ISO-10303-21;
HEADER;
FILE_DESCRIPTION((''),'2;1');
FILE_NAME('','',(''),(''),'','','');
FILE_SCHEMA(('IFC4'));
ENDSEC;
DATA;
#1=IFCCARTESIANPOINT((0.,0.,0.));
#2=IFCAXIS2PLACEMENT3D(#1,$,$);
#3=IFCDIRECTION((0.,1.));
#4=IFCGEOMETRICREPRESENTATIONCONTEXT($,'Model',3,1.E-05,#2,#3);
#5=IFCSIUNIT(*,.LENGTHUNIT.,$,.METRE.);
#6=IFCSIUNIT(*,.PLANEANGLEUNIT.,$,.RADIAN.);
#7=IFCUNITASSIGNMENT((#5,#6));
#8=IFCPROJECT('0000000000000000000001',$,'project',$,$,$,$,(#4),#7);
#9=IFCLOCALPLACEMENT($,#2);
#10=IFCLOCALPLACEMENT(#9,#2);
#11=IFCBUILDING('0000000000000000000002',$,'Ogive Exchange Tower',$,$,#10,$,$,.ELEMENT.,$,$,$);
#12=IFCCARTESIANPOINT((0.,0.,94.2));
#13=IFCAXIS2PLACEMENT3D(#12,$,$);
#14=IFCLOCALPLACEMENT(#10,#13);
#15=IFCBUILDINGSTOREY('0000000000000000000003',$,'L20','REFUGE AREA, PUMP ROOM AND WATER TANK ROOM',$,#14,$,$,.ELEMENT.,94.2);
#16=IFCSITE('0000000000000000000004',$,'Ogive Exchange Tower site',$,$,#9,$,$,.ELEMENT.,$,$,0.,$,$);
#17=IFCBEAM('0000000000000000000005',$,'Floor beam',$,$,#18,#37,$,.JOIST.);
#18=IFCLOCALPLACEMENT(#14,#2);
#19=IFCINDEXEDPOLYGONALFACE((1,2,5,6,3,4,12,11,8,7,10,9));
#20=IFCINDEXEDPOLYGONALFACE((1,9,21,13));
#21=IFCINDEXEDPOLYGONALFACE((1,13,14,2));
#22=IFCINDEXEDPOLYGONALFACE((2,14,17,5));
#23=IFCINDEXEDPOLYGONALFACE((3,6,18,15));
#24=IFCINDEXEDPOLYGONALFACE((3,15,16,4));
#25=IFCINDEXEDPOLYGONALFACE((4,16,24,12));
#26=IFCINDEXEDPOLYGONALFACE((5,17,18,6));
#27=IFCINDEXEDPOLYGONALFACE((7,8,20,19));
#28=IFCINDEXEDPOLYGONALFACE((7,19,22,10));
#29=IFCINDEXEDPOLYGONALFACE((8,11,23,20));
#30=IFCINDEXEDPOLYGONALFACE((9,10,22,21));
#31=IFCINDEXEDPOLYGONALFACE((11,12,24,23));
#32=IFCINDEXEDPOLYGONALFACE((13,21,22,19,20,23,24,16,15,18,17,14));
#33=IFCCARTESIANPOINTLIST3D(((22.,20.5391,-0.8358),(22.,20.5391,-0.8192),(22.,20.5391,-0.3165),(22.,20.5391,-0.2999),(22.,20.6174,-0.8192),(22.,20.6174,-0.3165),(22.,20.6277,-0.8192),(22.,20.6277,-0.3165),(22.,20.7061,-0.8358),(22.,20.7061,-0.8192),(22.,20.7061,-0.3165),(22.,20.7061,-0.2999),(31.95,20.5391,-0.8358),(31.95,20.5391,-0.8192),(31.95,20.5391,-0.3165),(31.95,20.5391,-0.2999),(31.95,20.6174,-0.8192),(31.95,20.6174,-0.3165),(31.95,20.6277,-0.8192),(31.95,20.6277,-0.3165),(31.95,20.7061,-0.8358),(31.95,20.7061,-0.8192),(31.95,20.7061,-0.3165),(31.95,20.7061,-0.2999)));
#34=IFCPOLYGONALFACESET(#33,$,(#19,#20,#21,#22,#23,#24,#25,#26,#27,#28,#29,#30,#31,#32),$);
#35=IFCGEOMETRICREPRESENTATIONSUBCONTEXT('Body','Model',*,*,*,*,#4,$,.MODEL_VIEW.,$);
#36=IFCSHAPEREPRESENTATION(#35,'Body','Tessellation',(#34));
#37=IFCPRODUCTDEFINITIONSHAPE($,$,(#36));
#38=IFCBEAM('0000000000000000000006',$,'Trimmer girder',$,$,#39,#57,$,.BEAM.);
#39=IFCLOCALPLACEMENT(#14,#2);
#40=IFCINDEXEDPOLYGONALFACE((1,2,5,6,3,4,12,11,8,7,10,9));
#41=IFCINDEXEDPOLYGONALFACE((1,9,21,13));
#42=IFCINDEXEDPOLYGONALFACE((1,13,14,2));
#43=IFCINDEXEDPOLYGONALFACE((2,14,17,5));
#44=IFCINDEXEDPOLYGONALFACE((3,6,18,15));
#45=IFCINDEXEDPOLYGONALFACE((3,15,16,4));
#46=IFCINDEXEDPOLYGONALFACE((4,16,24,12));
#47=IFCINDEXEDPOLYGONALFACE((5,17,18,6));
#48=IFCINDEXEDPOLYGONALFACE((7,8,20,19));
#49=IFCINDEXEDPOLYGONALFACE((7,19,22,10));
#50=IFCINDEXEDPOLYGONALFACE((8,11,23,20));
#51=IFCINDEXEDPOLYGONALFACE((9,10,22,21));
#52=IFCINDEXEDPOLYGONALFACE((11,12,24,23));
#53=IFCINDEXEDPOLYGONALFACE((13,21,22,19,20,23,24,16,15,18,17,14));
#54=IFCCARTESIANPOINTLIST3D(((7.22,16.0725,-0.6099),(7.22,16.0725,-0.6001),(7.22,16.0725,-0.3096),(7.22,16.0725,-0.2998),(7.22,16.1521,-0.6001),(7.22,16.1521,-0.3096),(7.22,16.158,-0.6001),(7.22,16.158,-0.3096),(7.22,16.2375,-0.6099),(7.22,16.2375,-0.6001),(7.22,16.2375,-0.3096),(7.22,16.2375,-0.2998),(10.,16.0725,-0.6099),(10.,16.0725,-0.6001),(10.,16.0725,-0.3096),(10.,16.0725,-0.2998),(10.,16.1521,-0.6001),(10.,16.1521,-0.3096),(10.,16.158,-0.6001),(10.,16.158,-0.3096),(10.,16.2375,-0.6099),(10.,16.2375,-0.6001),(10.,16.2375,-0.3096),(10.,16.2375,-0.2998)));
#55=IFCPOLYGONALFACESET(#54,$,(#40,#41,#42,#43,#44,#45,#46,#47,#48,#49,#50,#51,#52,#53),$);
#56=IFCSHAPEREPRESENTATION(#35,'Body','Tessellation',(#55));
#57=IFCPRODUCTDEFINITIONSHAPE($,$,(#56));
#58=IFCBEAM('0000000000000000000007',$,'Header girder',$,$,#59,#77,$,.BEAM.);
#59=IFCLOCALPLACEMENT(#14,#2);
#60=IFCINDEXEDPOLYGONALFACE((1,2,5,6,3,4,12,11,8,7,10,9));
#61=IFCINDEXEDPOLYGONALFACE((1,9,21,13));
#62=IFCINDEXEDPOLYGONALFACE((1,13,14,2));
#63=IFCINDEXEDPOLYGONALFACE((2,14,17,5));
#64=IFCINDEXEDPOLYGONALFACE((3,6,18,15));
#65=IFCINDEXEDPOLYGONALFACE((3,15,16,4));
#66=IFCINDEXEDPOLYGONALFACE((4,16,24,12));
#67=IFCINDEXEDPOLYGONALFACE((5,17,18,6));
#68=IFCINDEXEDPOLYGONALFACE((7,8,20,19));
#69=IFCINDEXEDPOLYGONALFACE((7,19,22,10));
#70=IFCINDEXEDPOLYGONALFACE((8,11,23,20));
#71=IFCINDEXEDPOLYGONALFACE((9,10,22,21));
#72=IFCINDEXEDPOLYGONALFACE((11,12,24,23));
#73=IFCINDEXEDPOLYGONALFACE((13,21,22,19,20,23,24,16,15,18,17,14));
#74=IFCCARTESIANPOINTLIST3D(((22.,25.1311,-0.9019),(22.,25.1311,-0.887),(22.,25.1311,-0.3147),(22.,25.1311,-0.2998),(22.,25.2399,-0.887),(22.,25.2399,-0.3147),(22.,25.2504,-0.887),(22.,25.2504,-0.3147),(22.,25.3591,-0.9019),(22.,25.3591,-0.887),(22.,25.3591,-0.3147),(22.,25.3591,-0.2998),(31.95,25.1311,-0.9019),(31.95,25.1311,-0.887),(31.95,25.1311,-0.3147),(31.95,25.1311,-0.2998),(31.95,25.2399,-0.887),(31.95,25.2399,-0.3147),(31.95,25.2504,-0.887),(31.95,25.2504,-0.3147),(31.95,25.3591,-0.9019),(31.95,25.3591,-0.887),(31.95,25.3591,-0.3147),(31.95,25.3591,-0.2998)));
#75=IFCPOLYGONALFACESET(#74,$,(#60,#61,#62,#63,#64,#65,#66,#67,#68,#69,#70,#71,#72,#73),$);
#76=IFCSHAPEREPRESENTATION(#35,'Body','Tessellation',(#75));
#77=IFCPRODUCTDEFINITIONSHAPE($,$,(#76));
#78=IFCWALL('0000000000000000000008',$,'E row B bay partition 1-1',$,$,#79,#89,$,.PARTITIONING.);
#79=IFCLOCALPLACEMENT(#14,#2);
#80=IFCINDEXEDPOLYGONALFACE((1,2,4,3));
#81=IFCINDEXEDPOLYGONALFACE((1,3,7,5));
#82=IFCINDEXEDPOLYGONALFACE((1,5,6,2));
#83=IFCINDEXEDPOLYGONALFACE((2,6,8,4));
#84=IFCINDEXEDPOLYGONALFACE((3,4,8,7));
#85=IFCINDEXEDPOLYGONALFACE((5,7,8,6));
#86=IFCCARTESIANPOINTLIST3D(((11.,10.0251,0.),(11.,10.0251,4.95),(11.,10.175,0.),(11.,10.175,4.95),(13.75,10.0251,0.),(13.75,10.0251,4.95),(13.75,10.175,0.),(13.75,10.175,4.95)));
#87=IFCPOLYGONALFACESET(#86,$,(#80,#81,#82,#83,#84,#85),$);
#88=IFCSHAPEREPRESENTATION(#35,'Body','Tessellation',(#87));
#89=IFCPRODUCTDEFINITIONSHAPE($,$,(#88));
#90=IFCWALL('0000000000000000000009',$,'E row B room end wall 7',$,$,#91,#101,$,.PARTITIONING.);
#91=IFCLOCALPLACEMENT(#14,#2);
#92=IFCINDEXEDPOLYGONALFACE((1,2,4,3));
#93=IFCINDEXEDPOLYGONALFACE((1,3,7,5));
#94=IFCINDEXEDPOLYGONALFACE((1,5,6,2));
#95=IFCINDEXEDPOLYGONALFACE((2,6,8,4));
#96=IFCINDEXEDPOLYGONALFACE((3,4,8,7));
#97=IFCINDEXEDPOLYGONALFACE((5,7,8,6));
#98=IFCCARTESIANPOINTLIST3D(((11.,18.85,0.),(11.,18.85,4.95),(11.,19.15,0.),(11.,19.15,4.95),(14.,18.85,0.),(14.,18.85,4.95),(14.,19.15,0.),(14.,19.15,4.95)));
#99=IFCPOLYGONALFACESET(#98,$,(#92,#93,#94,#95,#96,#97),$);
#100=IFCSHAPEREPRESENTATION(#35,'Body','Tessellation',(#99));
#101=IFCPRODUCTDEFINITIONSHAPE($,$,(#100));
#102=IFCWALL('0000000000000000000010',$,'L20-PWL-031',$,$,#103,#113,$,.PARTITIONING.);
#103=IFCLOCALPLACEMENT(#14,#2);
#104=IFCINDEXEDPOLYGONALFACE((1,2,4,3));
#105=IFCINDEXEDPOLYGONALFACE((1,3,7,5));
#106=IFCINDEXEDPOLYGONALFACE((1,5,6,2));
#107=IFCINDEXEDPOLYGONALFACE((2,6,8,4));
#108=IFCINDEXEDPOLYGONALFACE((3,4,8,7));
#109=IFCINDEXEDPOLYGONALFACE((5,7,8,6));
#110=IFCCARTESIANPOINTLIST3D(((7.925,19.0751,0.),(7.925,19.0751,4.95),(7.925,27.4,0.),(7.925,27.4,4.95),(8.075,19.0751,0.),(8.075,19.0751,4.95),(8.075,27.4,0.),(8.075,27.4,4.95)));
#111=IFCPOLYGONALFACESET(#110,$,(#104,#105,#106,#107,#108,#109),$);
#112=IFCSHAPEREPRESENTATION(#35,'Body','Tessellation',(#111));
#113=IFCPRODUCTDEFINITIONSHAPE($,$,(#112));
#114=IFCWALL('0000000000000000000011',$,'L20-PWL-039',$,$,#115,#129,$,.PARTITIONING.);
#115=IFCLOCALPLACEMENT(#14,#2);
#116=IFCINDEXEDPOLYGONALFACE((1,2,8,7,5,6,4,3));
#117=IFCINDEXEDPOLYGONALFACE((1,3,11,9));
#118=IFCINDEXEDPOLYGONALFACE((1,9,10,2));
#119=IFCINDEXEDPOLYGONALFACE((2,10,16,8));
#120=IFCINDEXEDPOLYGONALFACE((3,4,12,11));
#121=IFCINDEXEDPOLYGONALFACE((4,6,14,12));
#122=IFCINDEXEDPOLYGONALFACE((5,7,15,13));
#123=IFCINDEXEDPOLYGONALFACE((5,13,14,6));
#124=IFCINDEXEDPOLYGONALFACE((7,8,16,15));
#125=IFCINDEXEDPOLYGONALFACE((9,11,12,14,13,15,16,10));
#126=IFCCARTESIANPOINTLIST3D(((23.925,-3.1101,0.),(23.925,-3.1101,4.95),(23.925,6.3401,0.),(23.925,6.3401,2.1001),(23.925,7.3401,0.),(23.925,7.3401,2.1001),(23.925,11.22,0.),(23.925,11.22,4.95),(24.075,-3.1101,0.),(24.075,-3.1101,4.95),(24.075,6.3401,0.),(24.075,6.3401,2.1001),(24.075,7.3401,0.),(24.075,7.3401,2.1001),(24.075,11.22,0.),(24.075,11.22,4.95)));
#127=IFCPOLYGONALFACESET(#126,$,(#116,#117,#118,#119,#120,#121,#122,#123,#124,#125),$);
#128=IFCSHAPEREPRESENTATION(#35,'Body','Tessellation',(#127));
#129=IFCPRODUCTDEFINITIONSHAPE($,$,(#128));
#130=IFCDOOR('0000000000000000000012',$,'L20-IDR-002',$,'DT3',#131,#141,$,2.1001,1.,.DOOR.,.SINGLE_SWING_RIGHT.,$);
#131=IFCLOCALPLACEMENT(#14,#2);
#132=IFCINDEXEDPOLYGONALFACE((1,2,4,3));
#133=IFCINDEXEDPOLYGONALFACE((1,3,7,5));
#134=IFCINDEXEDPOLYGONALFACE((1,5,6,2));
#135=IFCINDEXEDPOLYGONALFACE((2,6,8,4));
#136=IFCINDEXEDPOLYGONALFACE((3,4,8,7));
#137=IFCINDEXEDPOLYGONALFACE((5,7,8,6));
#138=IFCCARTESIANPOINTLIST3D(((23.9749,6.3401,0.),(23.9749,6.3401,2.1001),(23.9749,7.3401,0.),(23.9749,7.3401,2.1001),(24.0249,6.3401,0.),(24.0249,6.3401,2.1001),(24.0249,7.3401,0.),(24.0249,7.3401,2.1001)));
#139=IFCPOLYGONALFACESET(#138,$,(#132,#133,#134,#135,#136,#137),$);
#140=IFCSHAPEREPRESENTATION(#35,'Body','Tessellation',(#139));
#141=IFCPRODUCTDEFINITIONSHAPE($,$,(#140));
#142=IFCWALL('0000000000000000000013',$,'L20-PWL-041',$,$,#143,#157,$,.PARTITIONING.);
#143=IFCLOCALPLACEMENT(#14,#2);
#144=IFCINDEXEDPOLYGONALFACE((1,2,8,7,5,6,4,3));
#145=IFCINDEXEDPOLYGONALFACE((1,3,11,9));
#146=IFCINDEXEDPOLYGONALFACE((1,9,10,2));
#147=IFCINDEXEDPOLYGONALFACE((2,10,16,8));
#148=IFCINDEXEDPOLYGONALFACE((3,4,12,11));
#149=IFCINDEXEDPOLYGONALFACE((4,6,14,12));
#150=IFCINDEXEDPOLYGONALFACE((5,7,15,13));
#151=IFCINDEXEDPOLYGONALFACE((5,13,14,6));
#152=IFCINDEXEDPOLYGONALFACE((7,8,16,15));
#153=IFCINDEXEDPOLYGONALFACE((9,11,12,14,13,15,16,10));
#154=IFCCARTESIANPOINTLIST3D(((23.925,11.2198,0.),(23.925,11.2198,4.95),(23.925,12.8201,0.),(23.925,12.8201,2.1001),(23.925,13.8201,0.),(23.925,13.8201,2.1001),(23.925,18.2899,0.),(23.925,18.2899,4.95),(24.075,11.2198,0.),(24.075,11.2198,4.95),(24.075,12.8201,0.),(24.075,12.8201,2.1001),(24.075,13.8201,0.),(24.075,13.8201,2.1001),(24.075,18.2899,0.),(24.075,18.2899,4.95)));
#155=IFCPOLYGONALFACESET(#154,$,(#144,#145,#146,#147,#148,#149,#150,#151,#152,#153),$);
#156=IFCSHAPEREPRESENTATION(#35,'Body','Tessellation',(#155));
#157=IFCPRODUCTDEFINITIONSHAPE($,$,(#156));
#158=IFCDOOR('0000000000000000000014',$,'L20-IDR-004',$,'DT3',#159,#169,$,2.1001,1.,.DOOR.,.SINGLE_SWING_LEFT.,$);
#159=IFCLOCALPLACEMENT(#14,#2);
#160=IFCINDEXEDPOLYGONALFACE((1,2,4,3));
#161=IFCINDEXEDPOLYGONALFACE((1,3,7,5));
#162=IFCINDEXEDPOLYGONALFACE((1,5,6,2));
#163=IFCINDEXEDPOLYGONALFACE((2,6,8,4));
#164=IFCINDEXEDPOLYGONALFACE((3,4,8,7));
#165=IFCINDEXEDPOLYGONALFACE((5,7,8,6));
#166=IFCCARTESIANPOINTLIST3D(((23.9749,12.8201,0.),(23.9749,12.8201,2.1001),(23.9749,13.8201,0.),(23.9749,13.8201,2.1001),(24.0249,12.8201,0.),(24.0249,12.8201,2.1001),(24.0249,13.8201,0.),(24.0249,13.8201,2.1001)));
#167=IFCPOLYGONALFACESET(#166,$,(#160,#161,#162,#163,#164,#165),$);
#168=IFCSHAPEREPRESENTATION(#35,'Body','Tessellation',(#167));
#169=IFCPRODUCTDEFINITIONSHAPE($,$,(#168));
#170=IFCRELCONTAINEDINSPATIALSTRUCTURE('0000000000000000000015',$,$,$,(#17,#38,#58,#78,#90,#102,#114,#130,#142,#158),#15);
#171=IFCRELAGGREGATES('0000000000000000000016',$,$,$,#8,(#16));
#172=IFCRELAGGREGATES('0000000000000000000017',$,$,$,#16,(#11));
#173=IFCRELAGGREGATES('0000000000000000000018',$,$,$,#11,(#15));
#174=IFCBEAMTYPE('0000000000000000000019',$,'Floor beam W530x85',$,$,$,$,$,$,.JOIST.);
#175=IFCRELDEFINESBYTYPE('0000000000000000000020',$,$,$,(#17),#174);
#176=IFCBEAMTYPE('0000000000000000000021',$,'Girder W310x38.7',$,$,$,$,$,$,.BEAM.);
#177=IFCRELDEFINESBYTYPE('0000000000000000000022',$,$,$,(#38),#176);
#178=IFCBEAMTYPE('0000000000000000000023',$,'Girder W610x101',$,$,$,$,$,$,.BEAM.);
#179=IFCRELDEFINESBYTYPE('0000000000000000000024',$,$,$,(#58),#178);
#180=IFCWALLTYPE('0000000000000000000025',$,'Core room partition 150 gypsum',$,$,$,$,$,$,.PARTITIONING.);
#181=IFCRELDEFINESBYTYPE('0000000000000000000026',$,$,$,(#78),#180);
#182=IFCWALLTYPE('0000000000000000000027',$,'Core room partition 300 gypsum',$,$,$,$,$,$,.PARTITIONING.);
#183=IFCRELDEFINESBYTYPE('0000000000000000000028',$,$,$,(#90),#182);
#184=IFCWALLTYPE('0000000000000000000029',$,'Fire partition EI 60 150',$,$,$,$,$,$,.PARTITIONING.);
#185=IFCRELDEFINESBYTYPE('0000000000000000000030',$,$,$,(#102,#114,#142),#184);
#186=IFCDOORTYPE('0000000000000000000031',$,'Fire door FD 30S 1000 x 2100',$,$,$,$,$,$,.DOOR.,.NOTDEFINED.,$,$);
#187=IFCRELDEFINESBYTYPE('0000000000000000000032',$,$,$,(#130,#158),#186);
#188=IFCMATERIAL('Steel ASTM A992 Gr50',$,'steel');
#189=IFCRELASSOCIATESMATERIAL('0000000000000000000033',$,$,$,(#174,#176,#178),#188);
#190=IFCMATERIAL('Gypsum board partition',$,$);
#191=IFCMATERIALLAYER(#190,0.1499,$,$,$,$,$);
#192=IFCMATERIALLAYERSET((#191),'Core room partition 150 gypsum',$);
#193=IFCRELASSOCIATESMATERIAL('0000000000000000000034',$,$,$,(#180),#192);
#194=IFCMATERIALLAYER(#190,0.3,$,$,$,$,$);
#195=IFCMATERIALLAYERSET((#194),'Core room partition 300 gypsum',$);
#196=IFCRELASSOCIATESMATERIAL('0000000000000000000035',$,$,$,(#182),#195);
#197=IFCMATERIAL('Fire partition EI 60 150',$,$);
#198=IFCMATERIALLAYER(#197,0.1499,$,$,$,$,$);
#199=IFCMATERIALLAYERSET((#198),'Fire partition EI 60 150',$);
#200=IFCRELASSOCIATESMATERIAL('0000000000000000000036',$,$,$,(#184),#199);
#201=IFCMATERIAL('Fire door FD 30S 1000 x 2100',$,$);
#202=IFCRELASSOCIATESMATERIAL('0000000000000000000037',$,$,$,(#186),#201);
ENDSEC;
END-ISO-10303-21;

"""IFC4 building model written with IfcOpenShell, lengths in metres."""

from ifc_helpers import new_model, si_unit, direction, frame, frame_2d, origin, origin_2d, place, context, subcontext, project, spatial, rectangle, i_section, extrude, material, layer, layer_set, material_profile, profile_set, type_object, element, fill, save


model = new_model("IFC4")

# Units and contexts
model_context = context("Model", 3, precision=1e-05, world=origin(), true_north=direction((0.0, 1.0)))
body_context = subcontext(model_context, "Body", "Model", "MODEL_VIEW")
ifc_project = project(units=[si_unit("LENGTHUNIT", "METRE"), si_unit("PLANEANGLEUNIT", "RADIAN")], contexts=[model_context])

# Site, building, storey
site_placement = place(None, origin())
site = spatial("IfcSite", under=ifc_project, at=site_placement, Name="Ogive Exchange Tower site", CompositionType="ELEMENT", RefElevation=0.0)
building_placement = place(site_placement, origin())
building = spatial("IfcBuilding", under=site, at=building_placement, Name="Ogive Exchange Tower", CompositionType="ELEMENT")
storey_placement = place(building_placement, frame((0.0, 0.0, 94.2)))
storey = spatial("IfcBuildingStorey", under=building, at=storey_placement, Name="L20", Description="REFUGE AREA, PUMP ROOM AND WATER TANK ROOM", CompositionType="ELEMENT", Elevation=94.2)

# Beams
ifc_material_1 = material(Name="Steel ASTM A992 Gr50", Category="steel")
ifc_material_profile_1 = material_profile(ifc_material_1, i_section(OverallWidth=0.167, OverallDepth=0.5359, WebThickness=0.0103, FlangeThickness=0.0166, at=origin_2d()), Name="W530x85")
ifc_profile_set_1 = profile_set([ifc_material_profile_1], Name="Steel ASTM A992 Gr50")
beam_type_1 = type_object("IfcBeamType", Name="Floor beam W530x85", PredefinedType="JOIST", material=ifc_profile_set_1)
beam_1_placement = place(storey_placement, frame((22.0, 20.6226, -0.5679), z_axis=(1.0, 0.0, 0.0), x_axis=(0.0, 1.0, 0.0)))
element("IfcBeam", 1, at=beam_1_placement, inside=storey, type_object=beam_type_1, Name="Floor beam", PredefinedType="JOIST", context=body_context, shape_type="SweptSolid", body=[
    extrude(i_section(OverallWidth=0.167, OverallDepth=0.5359, WebThickness=0.0103, FlangeThickness=0.0166, at=origin_2d()), origin(), (0.0, 0.0, 1.0), 9.95),
])
ifc_material_profile_2 = material_profile(ifc_material_1, i_section(OverallWidth=0.165, OverallDepth=0.3101, WebThickness=0.0059, FlangeThickness=0.0098, at=origin_2d()), Name="W310x38.7")
ifc_profile_set_2 = profile_set([ifc_material_profile_2], Name="Steel ASTM A992 Gr50")
beam_type_2 = type_object("IfcBeamType", Name="Girder W310x38.7", PredefinedType="BEAM", material=ifc_profile_set_2)
beam_2_placement = place(storey_placement, frame((7.22, 16.155, -0.4548), z_axis=(1.0, 0.0, 0.0), x_axis=(0.0, 1.0, 0.0)))
element("IfcBeam", 2, at=beam_2_placement, inside=storey, type_object=beam_type_2, Name="Trimmer girder", PredefinedType="BEAM", context=body_context, shape_type="SweptSolid", body=[
    extrude(i_section(OverallWidth=0.165, OverallDepth=0.3101, WebThickness=0.0059, FlangeThickness=0.0098, at=origin_2d()), origin(), (0.0, 0.0, 1.0), 2.78),
])
ifc_material_profile_3 = material_profile(ifc_material_1, i_section(OverallWidth=0.228, OverallDepth=0.6021, WebThickness=0.0105, FlangeThickness=0.0149, at=origin_2d()), Name="W610x101")
ifc_profile_set_3 = profile_set([ifc_material_profile_3], Name="Steel ASTM A992 Gr50")
beam_type_3 = type_object("IfcBeamType", Name="Girder W610x101", PredefinedType="BEAM", material=ifc_profile_set_3)
beam_3_placement = place(storey_placement, frame((22.0, 25.2451, -0.6008), z_axis=(1.0, 0.0, 0.0), x_axis=(0.0, 1.0, 0.0)))
element("IfcBeam", 3, at=beam_3_placement, inside=storey, type_object=beam_type_3, Name="Header girder", PredefinedType="BEAM", context=body_context, shape_type="SweptSolid", body=[
    extrude(i_section(OverallWidth=0.228, OverallDepth=0.6021, WebThickness=0.0105, FlangeThickness=0.0149, at=origin_2d()), origin(), (0.0, 0.0, 1.0), 9.95),
])

# Walls
ifc_material_2 = material(Name="Gypsum board partition")
ifc_layer_1 = layer(ifc_material_2, 0.1499)
ifc_layer_set_1 = layer_set([ifc_layer_1], Name="Core room partition 150 gypsum")
wall_type_1 = type_object("IfcWallType", Name="Core room partition 150 gypsum", PredefinedType="PARTITIONING", material=ifc_layer_set_1)
wall_1_placement = place(storey_placement, frame((11.0, 10.1001, 0.0), z_axis=(0.0, 0.0, 1.0), x_axis=(1.0, 0.0, 0.0)))
element("IfcWall", 4, at=wall_1_placement, inside=storey, type_object=wall_type_1, Name="E row B bay partition 1-1", PredefinedType="PARTITIONING", context=body_context, shape_type="SweptSolid", body=[
    extrude(rectangle(XDim=2.75, YDim=0.1499, at=frame_2d((1.375, 0.0))), origin(), (0.0, 0.0, 1.0), 4.95),
])
ifc_layer_2 = layer(ifc_material_2, 0.3)
ifc_layer_set_2 = layer_set([ifc_layer_2], Name="Core room partition 300 gypsum")
wall_type_2 = type_object("IfcWallType", Name="Core room partition 300 gypsum", PredefinedType="PARTITIONING", material=ifc_layer_set_2)
wall_2_placement = place(storey_placement, frame((11.0, 19.0, 0.0), z_axis=(0.0, 0.0, 1.0), x_axis=(1.0, 0.0, 0.0)))
element("IfcWall", 5, at=wall_2_placement, inside=storey, type_object=wall_type_2, Name="E row B room end wall 7", PredefinedType="PARTITIONING", context=body_context, shape_type="SweptSolid", body=[
    extrude(rectangle(XDim=3.0, YDim=0.3, at=frame_2d((1.5, 0.0))), origin(), (0.0, 0.0, 1.0), 4.95),
])
ifc_material_3 = material(Name="Fire partition EI 60 150")
ifc_layer_3 = layer(ifc_material_3, 0.1499)
ifc_layer_set_3 = layer_set([ifc_layer_3], Name="Fire partition EI 60 150")
wall_type_3 = type_object("IfcWallType", Name="Fire partition EI 60 150", PredefinedType="PARTITIONING", material=ifc_layer_set_3)
wall_3_placement = place(storey_placement, frame((8.0, 19.075, 0.0), z_axis=(0.0, 0.0, 1.0), x_axis=(0.0, 1.0, 0.0)))
element("IfcWall", 6, at=wall_3_placement, inside=storey, type_object=wall_type_3, Name="L20-PWL-031", PredefinedType="PARTITIONING", context=body_context, shape_type="SweptSolid", body=[
    extrude(rectangle(XDim=8.325, YDim=0.1499, at=frame_2d((4.1626, 0.0))), origin(), (0.0, 0.0, 1.0), 4.95),
])

# Walls, openings, doors
wall_4_placement = place(storey_placement, frame((24.0, 11.22, 0.0), z_axis=(0.0, 0.0, 1.0), x_axis=(0.0, -1.0, 0.0)))
wall_4 = element("IfcWall", 7, at=wall_4_placement, inside=storey, type_object=wall_type_3, Name="L20-PWL-039", PredefinedType="PARTITIONING", context=body_context, shape_type="SweptSolid", body=[
    extrude(rectangle(XDim=14.3301, YDim=0.1499, at=frame_2d((7.165, 0.0))), origin(), (0.0, 0.0, 1.0), 4.95),
])
opening_1_placement = place(wall_4_placement, frame((3.8799, 0.0, 0.0)))
opening_1 = element("IfcOpeningElement", 8, at=opening_1_placement, cuts=wall_4, PredefinedType="OPENING", context=body_context, shape_type="SweptSolid", body=[
    extrude(rectangle(XDim=1.0, YDim=2.1001, at=frame_2d((0.5, 1.05))), frame((0.0, 0.085, 0.0), z_axis=(0.0, -1.0, 0.0), x_axis=(1.0, 0.0, 0.0)), (0.0, 0.0, 1.0), 0.1699),
])
ifc_material_4 = material(Name="Fire door FD 30S 1000 x 2100")
door_type_1 = type_object("IfcDoorType", Name="Fire door FD 30S 1000 x 2100", OperationType="NOTDEFINED", PredefinedType="DOOR", material=ifc_material_4)
door_1_placement = place(opening_1_placement, origin())
door_1 = element("IfcDoor", 9, at=door_1_placement, inside=storey, type_object=door_type_1, Name="L20-IDR-002", ObjectType="DT3", OperationType="SINGLE_SWING_RIGHT", OverallHeight=2.1001, OverallWidth=1.0, PredefinedType="DOOR", context=body_context, shape_type="SweptSolid", body=[
    extrude(rectangle(XDim=1.0, YDim=2.1001, at=frame_2d((0.5, 1.05))), frame((0.0, 0.0249, 0.0), z_axis=(0.0, -1.0, 0.0), x_axis=(1.0, 0.0, 0.0)), (0.0, 0.0, 1.0), 0.05),
])
fill(opening_1, door_1)
wall_5_placement = place(storey_placement, frame((24.0, 18.29, 0.0), z_axis=(0.0, 0.0, 1.0), x_axis=(0.0, -1.0, 0.0)))
wall_5 = element("IfcWall", 10, at=wall_5_placement, inside=storey, type_object=wall_type_3, Name="L20-PWL-041", PredefinedType="PARTITIONING", context=body_context, shape_type="SweptSolid", body=[
    extrude(rectangle(XDim=7.0701, YDim=0.1499, at=frame_2d((3.5352, 0.0))), origin(), (0.0, 0.0, 1.0), 4.95),
])
opening_2_placement = place(wall_5_placement, frame((4.47, 0.0, 0.0)))
opening_2 = element("IfcOpeningElement", 11, at=opening_2_placement, cuts=wall_5, PredefinedType="OPENING", context=body_context, shape_type="SweptSolid", body=[
    extrude(rectangle(XDim=1.0, YDim=2.1001, at=frame_2d((0.5, 1.05))), frame((0.0, 0.085, 0.0), z_axis=(0.0, -1.0, 0.0), x_axis=(1.0, 0.0, 0.0)), (0.0, 0.0, 1.0), 0.1699),
])
door_2_placement = place(opening_2_placement, origin())
door_2 = element("IfcDoor", 12, at=door_2_placement, inside=storey, type_object=door_type_1, Name="L20-IDR-004", ObjectType="DT3", OperationType="SINGLE_SWING_LEFT", OverallHeight=2.1001, OverallWidth=1.0, PredefinedType="DOOR", context=body_context, shape_type="SweptSolid", body=[
    extrude(rectangle(XDim=1.0, YDim=2.1001, at=frame_2d((0.5, 1.05))), frame((0.0, 0.0249, 0.0), z_axis=(0.0, -1.0, 0.0), x_axis=(1.0, 0.0, 0.0)), (0.0, 0.0, 1.0), 0.05),
])
fill(opening_2, door_2)

save(model, "model.ifc")
